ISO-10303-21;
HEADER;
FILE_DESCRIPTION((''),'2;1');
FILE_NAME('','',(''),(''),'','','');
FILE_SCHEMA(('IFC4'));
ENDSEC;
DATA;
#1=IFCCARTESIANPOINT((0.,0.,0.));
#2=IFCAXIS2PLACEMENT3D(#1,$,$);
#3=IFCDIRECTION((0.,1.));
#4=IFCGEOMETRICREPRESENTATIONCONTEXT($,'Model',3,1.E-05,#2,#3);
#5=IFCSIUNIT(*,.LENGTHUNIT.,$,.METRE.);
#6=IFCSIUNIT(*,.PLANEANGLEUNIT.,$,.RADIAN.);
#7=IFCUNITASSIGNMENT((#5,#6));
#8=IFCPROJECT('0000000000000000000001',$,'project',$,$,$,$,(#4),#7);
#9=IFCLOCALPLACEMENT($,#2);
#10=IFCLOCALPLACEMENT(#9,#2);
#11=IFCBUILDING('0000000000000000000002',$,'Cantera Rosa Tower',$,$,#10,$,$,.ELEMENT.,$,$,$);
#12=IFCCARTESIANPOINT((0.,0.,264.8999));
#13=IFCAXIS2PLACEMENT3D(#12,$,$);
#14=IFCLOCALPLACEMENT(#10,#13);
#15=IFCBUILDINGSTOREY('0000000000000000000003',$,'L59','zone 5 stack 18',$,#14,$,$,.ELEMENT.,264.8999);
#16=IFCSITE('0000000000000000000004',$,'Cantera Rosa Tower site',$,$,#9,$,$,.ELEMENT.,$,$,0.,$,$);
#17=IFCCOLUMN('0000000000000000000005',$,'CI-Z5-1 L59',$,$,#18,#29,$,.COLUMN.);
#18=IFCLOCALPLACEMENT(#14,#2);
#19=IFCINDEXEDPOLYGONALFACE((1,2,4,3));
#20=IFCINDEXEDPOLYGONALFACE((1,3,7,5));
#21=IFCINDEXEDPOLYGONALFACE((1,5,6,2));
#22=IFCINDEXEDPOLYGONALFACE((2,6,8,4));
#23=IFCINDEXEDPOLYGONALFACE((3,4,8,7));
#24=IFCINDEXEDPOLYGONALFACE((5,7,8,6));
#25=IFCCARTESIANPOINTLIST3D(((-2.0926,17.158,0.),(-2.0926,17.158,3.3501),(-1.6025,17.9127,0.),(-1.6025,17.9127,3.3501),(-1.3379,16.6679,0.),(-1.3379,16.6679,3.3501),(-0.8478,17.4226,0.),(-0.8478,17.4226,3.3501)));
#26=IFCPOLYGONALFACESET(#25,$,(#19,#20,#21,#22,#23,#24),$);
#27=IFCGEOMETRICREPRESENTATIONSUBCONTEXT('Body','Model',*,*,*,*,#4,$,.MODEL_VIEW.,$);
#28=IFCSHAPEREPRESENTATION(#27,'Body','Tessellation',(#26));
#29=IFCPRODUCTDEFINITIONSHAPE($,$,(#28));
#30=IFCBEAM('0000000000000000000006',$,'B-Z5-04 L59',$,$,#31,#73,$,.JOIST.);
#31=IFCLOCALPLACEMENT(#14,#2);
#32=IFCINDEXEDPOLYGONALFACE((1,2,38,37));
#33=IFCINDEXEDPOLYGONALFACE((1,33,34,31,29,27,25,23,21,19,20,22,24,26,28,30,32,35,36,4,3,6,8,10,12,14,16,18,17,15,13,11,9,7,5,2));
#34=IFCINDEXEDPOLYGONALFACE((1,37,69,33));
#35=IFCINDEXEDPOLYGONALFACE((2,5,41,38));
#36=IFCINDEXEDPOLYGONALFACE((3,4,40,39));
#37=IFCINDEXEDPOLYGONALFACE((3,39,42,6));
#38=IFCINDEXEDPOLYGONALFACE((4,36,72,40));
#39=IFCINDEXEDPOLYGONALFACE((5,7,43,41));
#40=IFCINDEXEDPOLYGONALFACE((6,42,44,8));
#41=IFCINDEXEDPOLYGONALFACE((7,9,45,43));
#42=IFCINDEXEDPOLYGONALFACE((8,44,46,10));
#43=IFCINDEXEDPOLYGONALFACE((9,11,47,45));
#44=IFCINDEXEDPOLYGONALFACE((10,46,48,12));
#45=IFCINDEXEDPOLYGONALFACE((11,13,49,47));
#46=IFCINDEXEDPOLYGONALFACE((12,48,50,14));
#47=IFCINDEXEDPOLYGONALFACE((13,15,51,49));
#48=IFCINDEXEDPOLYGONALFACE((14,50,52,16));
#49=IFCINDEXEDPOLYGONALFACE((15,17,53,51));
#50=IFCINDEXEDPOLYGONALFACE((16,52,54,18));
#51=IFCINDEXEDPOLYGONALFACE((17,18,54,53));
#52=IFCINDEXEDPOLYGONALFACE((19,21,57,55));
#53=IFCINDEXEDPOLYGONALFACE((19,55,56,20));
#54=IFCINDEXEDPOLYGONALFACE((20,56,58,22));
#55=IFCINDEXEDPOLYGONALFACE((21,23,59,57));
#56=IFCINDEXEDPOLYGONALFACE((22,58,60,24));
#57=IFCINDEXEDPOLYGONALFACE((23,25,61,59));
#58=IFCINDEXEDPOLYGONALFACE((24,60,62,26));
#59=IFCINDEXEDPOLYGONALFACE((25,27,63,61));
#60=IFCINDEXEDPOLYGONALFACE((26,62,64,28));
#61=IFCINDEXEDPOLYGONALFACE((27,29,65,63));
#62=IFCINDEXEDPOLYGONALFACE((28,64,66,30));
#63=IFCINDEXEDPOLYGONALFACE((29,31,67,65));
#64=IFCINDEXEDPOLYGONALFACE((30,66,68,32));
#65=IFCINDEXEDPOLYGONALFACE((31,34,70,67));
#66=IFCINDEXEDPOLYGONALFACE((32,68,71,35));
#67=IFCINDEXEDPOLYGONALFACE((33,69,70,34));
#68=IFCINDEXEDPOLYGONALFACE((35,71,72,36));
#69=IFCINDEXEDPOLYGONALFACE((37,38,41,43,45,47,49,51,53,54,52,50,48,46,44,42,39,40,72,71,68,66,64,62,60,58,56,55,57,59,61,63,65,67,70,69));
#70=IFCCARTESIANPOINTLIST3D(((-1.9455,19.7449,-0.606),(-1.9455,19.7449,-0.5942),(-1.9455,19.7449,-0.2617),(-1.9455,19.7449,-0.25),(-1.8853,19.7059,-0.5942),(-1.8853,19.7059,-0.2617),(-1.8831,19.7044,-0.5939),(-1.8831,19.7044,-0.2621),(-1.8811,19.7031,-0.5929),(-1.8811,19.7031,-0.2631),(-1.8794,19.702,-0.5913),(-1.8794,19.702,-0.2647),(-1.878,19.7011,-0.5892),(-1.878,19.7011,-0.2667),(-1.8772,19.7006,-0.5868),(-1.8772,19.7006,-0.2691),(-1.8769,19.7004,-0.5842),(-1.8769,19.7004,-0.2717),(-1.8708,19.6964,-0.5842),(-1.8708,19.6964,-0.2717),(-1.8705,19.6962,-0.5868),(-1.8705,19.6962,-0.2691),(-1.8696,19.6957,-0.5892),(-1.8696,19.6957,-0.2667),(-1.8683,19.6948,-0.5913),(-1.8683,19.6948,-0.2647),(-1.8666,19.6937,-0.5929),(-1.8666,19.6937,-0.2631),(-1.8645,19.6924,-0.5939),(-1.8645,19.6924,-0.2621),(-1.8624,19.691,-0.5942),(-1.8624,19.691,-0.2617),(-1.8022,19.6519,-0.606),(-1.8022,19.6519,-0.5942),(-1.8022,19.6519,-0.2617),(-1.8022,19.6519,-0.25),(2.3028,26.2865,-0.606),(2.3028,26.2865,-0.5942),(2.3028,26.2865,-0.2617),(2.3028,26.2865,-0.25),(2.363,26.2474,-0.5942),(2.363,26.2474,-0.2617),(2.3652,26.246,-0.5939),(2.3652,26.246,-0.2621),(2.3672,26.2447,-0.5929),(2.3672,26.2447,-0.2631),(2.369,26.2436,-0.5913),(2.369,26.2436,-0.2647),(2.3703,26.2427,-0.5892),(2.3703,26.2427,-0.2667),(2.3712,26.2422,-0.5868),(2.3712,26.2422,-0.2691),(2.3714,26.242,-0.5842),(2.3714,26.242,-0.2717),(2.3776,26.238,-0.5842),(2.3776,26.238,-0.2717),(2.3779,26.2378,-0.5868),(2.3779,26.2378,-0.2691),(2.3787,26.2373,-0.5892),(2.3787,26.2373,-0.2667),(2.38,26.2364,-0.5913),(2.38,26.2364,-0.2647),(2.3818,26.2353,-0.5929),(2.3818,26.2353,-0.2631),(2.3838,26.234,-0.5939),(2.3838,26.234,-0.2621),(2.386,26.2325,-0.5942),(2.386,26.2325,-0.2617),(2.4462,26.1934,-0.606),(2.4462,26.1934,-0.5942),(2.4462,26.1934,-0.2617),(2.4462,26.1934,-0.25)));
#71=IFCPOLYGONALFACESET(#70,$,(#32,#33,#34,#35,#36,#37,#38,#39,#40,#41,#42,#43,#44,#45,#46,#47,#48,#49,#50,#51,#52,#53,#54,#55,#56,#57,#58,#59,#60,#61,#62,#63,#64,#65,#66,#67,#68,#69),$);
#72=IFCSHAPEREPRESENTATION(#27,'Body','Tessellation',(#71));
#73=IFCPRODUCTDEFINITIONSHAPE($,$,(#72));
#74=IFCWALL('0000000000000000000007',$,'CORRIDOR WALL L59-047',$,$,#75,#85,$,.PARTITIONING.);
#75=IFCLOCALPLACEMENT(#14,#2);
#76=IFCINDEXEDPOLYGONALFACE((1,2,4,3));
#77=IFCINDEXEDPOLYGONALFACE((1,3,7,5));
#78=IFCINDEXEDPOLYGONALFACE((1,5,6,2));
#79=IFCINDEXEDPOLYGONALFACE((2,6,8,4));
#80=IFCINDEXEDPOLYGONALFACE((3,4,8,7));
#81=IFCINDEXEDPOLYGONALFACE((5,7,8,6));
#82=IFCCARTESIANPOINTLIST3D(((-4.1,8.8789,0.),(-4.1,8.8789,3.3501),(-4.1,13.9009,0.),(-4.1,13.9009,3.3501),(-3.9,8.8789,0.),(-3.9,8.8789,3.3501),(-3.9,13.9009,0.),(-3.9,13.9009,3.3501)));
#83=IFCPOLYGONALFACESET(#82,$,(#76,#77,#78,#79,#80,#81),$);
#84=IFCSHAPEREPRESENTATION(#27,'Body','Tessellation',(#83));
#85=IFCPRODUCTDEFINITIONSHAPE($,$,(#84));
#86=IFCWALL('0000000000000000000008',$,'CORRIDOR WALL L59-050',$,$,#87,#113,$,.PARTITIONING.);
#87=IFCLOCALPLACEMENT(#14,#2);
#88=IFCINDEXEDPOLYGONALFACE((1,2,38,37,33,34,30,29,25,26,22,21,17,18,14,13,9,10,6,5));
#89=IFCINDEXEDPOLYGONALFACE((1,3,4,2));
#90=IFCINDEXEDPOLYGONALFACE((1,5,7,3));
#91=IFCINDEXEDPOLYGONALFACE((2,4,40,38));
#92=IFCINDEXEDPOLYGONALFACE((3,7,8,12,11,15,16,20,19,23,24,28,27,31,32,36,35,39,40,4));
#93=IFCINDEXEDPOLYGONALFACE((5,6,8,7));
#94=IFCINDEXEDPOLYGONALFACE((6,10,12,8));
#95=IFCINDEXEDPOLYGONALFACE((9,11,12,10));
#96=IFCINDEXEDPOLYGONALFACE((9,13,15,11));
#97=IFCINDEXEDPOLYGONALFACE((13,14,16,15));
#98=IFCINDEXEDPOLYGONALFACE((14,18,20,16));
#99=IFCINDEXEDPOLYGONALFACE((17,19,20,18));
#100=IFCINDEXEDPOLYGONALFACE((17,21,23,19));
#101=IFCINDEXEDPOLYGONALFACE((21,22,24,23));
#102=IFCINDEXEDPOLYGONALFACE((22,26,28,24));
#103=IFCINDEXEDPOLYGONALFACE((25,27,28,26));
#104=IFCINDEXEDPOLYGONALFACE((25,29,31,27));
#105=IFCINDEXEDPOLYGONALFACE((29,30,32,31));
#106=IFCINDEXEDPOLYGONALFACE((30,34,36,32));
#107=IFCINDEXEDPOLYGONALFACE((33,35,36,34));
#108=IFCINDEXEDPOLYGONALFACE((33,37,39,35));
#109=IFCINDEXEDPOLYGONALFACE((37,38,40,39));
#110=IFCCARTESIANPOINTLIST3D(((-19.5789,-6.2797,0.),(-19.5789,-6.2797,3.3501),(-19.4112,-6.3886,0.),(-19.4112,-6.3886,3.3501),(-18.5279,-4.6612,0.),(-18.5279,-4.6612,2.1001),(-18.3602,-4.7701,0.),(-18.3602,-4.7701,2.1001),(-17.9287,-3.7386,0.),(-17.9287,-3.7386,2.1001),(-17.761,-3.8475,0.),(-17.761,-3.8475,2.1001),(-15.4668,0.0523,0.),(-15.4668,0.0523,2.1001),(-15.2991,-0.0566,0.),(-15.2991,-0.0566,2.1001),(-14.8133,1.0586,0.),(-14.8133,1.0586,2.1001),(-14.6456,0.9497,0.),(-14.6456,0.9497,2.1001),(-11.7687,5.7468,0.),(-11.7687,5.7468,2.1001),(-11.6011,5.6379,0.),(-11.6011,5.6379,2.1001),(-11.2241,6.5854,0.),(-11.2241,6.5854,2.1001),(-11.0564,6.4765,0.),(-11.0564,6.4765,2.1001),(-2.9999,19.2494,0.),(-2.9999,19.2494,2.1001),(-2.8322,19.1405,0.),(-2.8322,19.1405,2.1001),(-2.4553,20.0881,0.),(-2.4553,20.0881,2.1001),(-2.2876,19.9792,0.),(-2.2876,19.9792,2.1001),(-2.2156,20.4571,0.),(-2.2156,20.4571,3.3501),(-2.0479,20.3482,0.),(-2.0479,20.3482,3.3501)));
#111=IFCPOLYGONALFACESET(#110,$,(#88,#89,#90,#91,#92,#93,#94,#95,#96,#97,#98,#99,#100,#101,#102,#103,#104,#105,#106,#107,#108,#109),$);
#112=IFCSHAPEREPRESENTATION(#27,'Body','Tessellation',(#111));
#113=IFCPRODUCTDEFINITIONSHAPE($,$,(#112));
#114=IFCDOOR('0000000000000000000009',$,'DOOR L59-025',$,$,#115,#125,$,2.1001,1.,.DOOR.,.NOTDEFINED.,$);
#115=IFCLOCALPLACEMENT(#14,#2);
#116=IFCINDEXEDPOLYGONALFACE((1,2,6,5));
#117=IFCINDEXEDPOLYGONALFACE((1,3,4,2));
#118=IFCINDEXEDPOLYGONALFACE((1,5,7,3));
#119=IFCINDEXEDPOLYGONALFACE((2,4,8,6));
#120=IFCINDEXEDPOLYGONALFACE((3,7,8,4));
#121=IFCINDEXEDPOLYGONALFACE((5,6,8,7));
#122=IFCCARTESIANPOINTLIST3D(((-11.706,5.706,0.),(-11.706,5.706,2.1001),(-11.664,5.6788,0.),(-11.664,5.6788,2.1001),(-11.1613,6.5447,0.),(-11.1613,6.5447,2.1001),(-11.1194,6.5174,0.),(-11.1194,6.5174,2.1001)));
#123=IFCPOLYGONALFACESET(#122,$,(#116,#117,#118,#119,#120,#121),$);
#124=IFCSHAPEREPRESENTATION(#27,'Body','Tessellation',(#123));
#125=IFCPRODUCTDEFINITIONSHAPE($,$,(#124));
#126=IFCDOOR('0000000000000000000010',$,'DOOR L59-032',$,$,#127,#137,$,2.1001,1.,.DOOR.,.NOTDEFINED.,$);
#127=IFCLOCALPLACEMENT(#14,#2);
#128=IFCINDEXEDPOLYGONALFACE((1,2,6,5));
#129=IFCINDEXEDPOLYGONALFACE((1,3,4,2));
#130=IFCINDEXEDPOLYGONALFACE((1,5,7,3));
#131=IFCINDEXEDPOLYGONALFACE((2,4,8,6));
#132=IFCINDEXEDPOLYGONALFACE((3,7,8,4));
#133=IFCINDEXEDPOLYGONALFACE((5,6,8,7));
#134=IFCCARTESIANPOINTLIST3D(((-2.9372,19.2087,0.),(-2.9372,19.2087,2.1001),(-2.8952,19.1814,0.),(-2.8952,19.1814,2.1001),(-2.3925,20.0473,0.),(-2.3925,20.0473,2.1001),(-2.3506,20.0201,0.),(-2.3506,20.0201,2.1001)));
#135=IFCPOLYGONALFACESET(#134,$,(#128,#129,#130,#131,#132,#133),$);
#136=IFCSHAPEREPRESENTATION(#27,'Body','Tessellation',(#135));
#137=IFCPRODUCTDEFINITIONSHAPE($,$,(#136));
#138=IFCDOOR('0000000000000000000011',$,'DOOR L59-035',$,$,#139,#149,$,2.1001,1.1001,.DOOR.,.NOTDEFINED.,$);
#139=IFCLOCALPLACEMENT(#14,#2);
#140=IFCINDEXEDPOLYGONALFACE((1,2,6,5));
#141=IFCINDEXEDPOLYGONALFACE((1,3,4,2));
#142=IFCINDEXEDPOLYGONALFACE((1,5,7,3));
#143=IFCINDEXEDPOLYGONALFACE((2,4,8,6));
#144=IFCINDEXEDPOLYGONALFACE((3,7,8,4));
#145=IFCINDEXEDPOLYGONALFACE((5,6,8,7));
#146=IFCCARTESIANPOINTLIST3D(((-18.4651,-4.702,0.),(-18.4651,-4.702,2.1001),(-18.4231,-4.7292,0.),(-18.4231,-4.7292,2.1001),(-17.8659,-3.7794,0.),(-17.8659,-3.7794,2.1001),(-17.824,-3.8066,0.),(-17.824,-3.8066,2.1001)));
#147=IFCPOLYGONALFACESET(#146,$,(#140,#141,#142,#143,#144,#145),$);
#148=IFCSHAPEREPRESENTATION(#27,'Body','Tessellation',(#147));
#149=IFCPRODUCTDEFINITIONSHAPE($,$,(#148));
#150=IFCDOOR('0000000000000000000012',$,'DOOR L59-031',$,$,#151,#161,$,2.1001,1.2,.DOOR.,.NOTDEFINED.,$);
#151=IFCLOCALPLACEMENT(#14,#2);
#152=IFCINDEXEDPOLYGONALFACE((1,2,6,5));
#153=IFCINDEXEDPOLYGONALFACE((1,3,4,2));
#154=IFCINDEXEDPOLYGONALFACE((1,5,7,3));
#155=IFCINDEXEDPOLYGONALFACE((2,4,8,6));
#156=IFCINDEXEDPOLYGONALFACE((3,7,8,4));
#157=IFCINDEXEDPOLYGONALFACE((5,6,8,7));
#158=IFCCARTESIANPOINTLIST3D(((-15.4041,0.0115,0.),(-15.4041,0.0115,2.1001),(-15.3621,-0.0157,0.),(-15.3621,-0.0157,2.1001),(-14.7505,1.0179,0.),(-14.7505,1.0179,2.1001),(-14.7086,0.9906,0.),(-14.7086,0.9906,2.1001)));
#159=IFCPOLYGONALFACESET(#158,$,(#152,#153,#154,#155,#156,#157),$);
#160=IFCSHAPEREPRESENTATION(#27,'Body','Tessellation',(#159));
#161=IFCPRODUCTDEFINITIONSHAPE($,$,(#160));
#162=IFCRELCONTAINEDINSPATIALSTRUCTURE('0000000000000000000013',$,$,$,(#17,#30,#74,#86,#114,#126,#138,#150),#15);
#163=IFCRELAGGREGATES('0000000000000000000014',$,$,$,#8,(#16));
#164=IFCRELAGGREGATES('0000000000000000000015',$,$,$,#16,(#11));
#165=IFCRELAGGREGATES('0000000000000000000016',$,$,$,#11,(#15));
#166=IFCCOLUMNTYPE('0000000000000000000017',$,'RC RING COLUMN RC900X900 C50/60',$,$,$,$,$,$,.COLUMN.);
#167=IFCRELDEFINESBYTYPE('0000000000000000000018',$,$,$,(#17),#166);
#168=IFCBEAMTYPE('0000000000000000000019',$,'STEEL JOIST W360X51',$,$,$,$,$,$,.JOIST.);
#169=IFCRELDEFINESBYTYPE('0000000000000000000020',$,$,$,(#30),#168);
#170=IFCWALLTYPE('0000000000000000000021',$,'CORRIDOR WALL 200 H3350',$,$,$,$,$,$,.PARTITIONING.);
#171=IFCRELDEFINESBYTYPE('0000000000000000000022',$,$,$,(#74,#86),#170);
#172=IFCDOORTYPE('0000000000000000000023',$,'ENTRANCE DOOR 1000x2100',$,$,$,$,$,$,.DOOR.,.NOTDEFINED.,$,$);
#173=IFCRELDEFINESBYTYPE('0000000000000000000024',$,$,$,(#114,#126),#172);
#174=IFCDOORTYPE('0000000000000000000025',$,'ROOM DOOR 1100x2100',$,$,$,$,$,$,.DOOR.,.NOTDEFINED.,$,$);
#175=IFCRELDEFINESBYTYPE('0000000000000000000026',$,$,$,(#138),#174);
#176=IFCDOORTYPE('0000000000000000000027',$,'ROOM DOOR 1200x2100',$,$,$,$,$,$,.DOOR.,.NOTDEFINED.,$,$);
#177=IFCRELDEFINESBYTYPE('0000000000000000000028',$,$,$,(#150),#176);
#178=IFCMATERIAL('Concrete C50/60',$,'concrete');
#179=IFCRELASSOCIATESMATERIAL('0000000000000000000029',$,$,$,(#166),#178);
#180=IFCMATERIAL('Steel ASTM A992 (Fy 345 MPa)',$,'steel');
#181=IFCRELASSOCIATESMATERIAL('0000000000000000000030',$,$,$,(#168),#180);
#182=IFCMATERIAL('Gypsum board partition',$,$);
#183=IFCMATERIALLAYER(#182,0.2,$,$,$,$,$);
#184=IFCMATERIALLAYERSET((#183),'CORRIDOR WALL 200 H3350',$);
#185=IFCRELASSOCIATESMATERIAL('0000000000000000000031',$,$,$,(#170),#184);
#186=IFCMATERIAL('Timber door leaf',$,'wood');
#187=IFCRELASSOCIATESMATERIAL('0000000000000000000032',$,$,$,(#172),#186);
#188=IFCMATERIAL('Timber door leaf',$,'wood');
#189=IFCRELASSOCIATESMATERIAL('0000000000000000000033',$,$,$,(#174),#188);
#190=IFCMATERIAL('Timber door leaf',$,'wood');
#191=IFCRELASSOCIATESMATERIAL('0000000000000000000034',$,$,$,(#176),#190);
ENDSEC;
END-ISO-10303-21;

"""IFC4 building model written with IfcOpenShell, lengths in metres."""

from ifc_helpers import new_model, si_unit, direction, frame, frame_2d, origin, origin_2d, place, context, subcontext, project, spatial, rectangle, i_section, extrude, material, layer, layer_set, material_profile, profile_set, type_object, element, fill, save


model = new_model("IFC4")

# Units and contexts
model_context = context("Model", 3, precision=1e-05, world=origin(), true_north=direction((0.0, 1.0)))
body_context = subcontext(model_context, "Body", "Model", "MODEL_VIEW")
ifc_project = project(units=[si_unit("LENGTHUNIT", "METRE"), si_unit("PLANEANGLEUNIT", "RADIAN")], contexts=[model_context])

# Site, building, storey
site_placement = place(None, origin())
site = spatial("IfcSite", under=ifc_project, at=site_placement, Name="Cantera Rosa Tower site", CompositionType="ELEMENT", RefElevation=0.0)
building_placement = place(site_placement, origin())
building = spatial("IfcBuilding", under=site, at=building_placement, Name="Cantera Rosa Tower", CompositionType="ELEMENT")
storey_placement = place(building_placement, frame((0.0, 0.0, 264.8999)))
storey = spatial("IfcBuildingStorey", under=building, at=storey_placement, Name="L59", Description="zone 5 stack 18", CompositionType="ELEMENT", Elevation=264.8999)

# Column
ifc_material_1 = material(Name="Concrete C50/60", Category="concrete")
ifc_material_profile_1 = material_profile(ifc_material_1, rectangle(XDim=0.8999, YDim=0.8999, at=origin_2d()), Name="RC RING COLUMN RC900X900 C50/60")
ifc_profile_set_1 = profile_set([ifc_material_profile_1], Name="Concrete C50/60")
column_type = type_object("IfcColumnType", Name="RC RING COLUMN RC900X900 C50/60", PredefinedType="COLUMN", material=ifc_profile_set_1)
column_placement = place(storey_placement, frame((-1.4702, 17.2903, 0.0), z_axis=(0.0, 0.0, 1.0), x_axis=(0.544639, 0.838671, 0.0)))
element("IfcColumn", 1, at=column_placement, inside=storey, type_object=column_type, Name="CI-Z5-1 L59", PredefinedType="COLUMN", context=body_context, shape_type="SweptSolid", body=[
    extrude(rectangle(XDim=0.8999, YDim=0.8999, at=origin_2d()), origin(), (0.0, 0.0, 1.0), 3.3501),
])

# Beam
ifc_material_2 = material(Name="Steel ASTM A992 (Fy 345 MPa)", Category="steel")
ifc_material_profile_2 = material_profile(ifc_material_2, i_section(OverallWidth=0.1709, OverallDepth=0.356, WebThickness=0.0073, FlangeThickness=0.0117, FilletRadius=0.01, at=origin_2d()), Name="W360X51")
ifc_profile_set_2 = profile_set([ifc_material_profile_2], Name="Steel ASTM A992 (Fy 345 MPa)")
beam_type = type_object("IfcBeamType", Name="STEEL JOIST W360X51", PredefinedType="JOIST", material=ifc_profile_set_2)
beam_placement = place(storey_placement, frame((2.3745, 26.24, -0.428), z_axis=(-0.544656, -0.83866, 0.0), x_axis=(0.83866, -0.544656, 0.0)))
element("IfcBeam", 2, at=beam_placement, inside=storey, type_object=beam_type, Name="B-Z5-04 L59", PredefinedType="JOIST", context=body_context, shape_type="SweptSolid", body=[
    extrude(i_section(OverallWidth=0.1709, OverallDepth=0.356, WebThickness=0.0073, FlangeThickness=0.0117, FilletRadius=0.01, at=origin_2d()), origin(), (0.0, 0.0, 1.0), 7.8),
])

# Wall
ifc_material_3 = material(Name="Gypsum board partition")
ifc_layer_1 = layer(ifc_material_3, 0.2)
ifc_layer_set_1 = layer_set([ifc_layer_1], Name="CORRIDOR WALL 200 H3350")
wall_type_1 = type_object("IfcWallType", Name="CORRIDOR WALL 200 H3350", PredefinedType="PARTITIONING", material=ifc_layer_set_1)
wall_1_placement = place(storey_placement, frame((-4.0, 13.9009, 0.0), z_axis=(0.0, 0.0, 1.0), x_axis=(0.0, -1.0, 0.0)))
element("IfcWall", 3, at=wall_1_placement, inside=storey, type_object=wall_type_1, Name="CORRIDOR WALL L59-047", PredefinedType="PARTITIONING", context=body_context, shape_type="SweptSolid", body=[
    extrude(rectangle(XDim=5.022, YDim=0.2, at=frame_2d((2.511, 0.0))), origin(), (0.0, 0.0, 1.0), 3.3501),
])

# Wall, openings, doors
wall_2_placement = place(storey_placement, frame((-2.1318, 20.4026, 0.0), z_axis=(0.0, 0.0, 1.0), x_axis=(-0.544643, -0.838668, 0.0)))
wall_2 = element("IfcWall", 4, at=wall_2_placement, inside=storey, type_object=wall_type_1, Name="CORRIDOR WALL L59-050", PredefinedType="PARTITIONING", context=body_context, shape_type="SweptSolid", body=[
    extrude(rectangle(XDim=31.8801, YDim=0.2, at=frame_2d((15.9399, 0.0))), origin(), (0.0, 0.0, 1.0), 3.3501),
])
opening_1_placement = place(wall_2_placement, frame((16.54, 0.0, 0.0)))
opening_1 = element("IfcOpeningElement", 5, at=opening_1_placement, cuts=wall_2, PredefinedType="OPENING", context=body_context, shape_type="SweptSolid", body=[
    extrude(rectangle(XDim=1.0, YDim=2.1001, at=frame_2d((0.5, 1.05))), frame((0.0, 0.1099, 0.0), z_axis=(0.0, -1.0, 0.0), x_axis=(1.0, 0.0, 0.0)), (0.0, 0.0, 1.0), 0.22),
])
opening_2_placement = place(wall_2_placement, frame((23.1299, 0.0, 0.0)))
opening_2 = element("IfcOpeningElement", 6, at=opening_2_placement, cuts=wall_2, PredefinedType="OPENING", context=body_context, shape_type="SweptSolid", body=[
    extrude(rectangle(XDim=1.2, YDim=2.1001, at=frame_2d((0.6001, 1.05))), frame((0.0, 0.1099, 0.0), z_axis=(0.0, -1.0, 0.0), x_axis=(1.0, 0.0, 0.0)), (0.0, 0.0, 1.0), 0.22),
])
opening_3_placement = place(wall_2_placement, frame((0.4399, 0.0, 0.0)))
opening_3 = element("IfcOpeningElement", 7, at=opening_3_placement, cuts=wall_2, PredefinedType="OPENING", context=body_context, shape_type="SweptSolid", body=[
    extrude(rectangle(XDim=1.0, YDim=2.1001, at=frame_2d((0.5, 1.05))), frame((0.0, 0.1099, 0.0), z_axis=(0.0, -1.0, 0.0), x_axis=(1.0, 0.0, 0.0)), (0.0, 0.0, 1.0), 0.22),
])
opening_4_placement = place(wall_2_placement, frame((28.8501, 0.0, 0.0)))
opening_4 = element("IfcOpeningElement", 8, at=opening_4_placement, cuts=wall_2, PredefinedType="OPENING", context=body_context, shape_type="SweptSolid", body=[
    extrude(rectangle(XDim=1.1001, YDim=2.1001, at=frame_2d((0.55, 1.05))), frame((0.0, 0.1099, 0.0), z_axis=(0.0, -1.0, 0.0), x_axis=(1.0, 0.0, 0.0)), (0.0, 0.0, 1.0), 0.22),
])
ifc_material_4 = material(Name="Timber door leaf", Category="wood")
door_type_1 = type_object("IfcDoorType", Name="ENTRANCE DOOR 1000x2100", OperationType="NOTDEFINED", PredefinedType="DOOR", material=ifc_material_4)
door_1_placement = place(opening_1_placement, origin())
door_1 = element("IfcDoor", 9, at=door_1_placement, inside=storey, type_object=door_type_1, Name="DOOR L59-025", OperationType="NOTDEFINED", OverallHeight=2.1001, OverallWidth=1.0, PredefinedType="DOOR", context=body_context, shape_type="SweptSolid", body=[
    extrude(rectangle(XDim=1.0, YDim=2.1001, at=frame_2d((0.5, 1.05))), frame((0.0, 0.0249, 0.0), z_axis=(0.0, -1.0, 0.0), x_axis=(1.0, 0.0, 0.0)), (0.0, 0.0, 1.0), 0.05),
])
fill(opening_1, door_1)
door_2_placement = place(opening_3_placement, origin())
door_2 = element("IfcDoor", 10, at=door_2_placement, inside=storey, type_object=door_type_1, Name="DOOR L59-032", OperationType="NOTDEFINED", OverallHeight=2.1001, OverallWidth=1.0, PredefinedType="DOOR", context=body_context, shape_type="SweptSolid", body=[
    extrude(rectangle(XDim=1.0, YDim=2.1001, at=frame_2d((0.5, 1.05))), frame((0.0, 0.0249, 0.0), z_axis=(0.0, -1.0, 0.0), x_axis=(1.0, 0.0, 0.0)), (0.0, 0.0, 1.0), 0.05),
])
fill(opening_3, door_2)
ifc_material_5 = material(Name="Timber door leaf", Category="wood")
door_type_2 = type_object("IfcDoorType", Name="ROOM DOOR 1100x2100", OperationType="NOTDEFINED", PredefinedType="DOOR", material=ifc_material_5)
door_3_placement = place(opening_4_placement, origin())
door_3 = element("IfcDoor", 11, at=door_3_placement, inside=storey, type_object=door_type_2, Name="DOOR L59-035", OperationType="NOTDEFINED", OverallHeight=2.1001, OverallWidth=1.1001, PredefinedType="DOOR", context=body_context, shape_type="SweptSolid", body=[
    extrude(rectangle(XDim=1.1001, YDim=2.1001, at=frame_2d((0.55, 1.05))), frame((0.0, 0.0249, 0.0), z_axis=(0.0, -1.0, 0.0), x_axis=(1.0, 0.0, 0.0)), (0.0, 0.0, 1.0), 0.05),
])
fill(opening_4, door_3)
ifc_material_6 = material(Name="Timber door leaf", Category="wood")
door_type_3 = type_object("IfcDoorType", Name="ROOM DOOR 1200x2100", OperationType="NOTDEFINED", PredefinedType="DOOR", material=ifc_material_6)
door_4_placement = place(opening_2_placement, origin())
door_4 = element("IfcDoor", 12, at=door_4_placement, inside=storey, type_object=door_type_3, Name="DOOR L59-031", OperationType="NOTDEFINED", OverallHeight=2.1001, OverallWidth=1.2, PredefinedType="DOOR", context=body_context, shape_type="SweptSolid", body=[
    extrude(rectangle(XDim=1.2, YDim=2.1001, at=frame_2d((0.6001, 1.05))), frame((0.0, 0.0249, 0.0), z_axis=(0.0, -1.0, 0.0), x_axis=(1.0, 0.0, 0.0)), (0.0, 0.0, 1.0), 0.05),
])
fill(opening_2, door_4)

save(model, "model.ifc")
